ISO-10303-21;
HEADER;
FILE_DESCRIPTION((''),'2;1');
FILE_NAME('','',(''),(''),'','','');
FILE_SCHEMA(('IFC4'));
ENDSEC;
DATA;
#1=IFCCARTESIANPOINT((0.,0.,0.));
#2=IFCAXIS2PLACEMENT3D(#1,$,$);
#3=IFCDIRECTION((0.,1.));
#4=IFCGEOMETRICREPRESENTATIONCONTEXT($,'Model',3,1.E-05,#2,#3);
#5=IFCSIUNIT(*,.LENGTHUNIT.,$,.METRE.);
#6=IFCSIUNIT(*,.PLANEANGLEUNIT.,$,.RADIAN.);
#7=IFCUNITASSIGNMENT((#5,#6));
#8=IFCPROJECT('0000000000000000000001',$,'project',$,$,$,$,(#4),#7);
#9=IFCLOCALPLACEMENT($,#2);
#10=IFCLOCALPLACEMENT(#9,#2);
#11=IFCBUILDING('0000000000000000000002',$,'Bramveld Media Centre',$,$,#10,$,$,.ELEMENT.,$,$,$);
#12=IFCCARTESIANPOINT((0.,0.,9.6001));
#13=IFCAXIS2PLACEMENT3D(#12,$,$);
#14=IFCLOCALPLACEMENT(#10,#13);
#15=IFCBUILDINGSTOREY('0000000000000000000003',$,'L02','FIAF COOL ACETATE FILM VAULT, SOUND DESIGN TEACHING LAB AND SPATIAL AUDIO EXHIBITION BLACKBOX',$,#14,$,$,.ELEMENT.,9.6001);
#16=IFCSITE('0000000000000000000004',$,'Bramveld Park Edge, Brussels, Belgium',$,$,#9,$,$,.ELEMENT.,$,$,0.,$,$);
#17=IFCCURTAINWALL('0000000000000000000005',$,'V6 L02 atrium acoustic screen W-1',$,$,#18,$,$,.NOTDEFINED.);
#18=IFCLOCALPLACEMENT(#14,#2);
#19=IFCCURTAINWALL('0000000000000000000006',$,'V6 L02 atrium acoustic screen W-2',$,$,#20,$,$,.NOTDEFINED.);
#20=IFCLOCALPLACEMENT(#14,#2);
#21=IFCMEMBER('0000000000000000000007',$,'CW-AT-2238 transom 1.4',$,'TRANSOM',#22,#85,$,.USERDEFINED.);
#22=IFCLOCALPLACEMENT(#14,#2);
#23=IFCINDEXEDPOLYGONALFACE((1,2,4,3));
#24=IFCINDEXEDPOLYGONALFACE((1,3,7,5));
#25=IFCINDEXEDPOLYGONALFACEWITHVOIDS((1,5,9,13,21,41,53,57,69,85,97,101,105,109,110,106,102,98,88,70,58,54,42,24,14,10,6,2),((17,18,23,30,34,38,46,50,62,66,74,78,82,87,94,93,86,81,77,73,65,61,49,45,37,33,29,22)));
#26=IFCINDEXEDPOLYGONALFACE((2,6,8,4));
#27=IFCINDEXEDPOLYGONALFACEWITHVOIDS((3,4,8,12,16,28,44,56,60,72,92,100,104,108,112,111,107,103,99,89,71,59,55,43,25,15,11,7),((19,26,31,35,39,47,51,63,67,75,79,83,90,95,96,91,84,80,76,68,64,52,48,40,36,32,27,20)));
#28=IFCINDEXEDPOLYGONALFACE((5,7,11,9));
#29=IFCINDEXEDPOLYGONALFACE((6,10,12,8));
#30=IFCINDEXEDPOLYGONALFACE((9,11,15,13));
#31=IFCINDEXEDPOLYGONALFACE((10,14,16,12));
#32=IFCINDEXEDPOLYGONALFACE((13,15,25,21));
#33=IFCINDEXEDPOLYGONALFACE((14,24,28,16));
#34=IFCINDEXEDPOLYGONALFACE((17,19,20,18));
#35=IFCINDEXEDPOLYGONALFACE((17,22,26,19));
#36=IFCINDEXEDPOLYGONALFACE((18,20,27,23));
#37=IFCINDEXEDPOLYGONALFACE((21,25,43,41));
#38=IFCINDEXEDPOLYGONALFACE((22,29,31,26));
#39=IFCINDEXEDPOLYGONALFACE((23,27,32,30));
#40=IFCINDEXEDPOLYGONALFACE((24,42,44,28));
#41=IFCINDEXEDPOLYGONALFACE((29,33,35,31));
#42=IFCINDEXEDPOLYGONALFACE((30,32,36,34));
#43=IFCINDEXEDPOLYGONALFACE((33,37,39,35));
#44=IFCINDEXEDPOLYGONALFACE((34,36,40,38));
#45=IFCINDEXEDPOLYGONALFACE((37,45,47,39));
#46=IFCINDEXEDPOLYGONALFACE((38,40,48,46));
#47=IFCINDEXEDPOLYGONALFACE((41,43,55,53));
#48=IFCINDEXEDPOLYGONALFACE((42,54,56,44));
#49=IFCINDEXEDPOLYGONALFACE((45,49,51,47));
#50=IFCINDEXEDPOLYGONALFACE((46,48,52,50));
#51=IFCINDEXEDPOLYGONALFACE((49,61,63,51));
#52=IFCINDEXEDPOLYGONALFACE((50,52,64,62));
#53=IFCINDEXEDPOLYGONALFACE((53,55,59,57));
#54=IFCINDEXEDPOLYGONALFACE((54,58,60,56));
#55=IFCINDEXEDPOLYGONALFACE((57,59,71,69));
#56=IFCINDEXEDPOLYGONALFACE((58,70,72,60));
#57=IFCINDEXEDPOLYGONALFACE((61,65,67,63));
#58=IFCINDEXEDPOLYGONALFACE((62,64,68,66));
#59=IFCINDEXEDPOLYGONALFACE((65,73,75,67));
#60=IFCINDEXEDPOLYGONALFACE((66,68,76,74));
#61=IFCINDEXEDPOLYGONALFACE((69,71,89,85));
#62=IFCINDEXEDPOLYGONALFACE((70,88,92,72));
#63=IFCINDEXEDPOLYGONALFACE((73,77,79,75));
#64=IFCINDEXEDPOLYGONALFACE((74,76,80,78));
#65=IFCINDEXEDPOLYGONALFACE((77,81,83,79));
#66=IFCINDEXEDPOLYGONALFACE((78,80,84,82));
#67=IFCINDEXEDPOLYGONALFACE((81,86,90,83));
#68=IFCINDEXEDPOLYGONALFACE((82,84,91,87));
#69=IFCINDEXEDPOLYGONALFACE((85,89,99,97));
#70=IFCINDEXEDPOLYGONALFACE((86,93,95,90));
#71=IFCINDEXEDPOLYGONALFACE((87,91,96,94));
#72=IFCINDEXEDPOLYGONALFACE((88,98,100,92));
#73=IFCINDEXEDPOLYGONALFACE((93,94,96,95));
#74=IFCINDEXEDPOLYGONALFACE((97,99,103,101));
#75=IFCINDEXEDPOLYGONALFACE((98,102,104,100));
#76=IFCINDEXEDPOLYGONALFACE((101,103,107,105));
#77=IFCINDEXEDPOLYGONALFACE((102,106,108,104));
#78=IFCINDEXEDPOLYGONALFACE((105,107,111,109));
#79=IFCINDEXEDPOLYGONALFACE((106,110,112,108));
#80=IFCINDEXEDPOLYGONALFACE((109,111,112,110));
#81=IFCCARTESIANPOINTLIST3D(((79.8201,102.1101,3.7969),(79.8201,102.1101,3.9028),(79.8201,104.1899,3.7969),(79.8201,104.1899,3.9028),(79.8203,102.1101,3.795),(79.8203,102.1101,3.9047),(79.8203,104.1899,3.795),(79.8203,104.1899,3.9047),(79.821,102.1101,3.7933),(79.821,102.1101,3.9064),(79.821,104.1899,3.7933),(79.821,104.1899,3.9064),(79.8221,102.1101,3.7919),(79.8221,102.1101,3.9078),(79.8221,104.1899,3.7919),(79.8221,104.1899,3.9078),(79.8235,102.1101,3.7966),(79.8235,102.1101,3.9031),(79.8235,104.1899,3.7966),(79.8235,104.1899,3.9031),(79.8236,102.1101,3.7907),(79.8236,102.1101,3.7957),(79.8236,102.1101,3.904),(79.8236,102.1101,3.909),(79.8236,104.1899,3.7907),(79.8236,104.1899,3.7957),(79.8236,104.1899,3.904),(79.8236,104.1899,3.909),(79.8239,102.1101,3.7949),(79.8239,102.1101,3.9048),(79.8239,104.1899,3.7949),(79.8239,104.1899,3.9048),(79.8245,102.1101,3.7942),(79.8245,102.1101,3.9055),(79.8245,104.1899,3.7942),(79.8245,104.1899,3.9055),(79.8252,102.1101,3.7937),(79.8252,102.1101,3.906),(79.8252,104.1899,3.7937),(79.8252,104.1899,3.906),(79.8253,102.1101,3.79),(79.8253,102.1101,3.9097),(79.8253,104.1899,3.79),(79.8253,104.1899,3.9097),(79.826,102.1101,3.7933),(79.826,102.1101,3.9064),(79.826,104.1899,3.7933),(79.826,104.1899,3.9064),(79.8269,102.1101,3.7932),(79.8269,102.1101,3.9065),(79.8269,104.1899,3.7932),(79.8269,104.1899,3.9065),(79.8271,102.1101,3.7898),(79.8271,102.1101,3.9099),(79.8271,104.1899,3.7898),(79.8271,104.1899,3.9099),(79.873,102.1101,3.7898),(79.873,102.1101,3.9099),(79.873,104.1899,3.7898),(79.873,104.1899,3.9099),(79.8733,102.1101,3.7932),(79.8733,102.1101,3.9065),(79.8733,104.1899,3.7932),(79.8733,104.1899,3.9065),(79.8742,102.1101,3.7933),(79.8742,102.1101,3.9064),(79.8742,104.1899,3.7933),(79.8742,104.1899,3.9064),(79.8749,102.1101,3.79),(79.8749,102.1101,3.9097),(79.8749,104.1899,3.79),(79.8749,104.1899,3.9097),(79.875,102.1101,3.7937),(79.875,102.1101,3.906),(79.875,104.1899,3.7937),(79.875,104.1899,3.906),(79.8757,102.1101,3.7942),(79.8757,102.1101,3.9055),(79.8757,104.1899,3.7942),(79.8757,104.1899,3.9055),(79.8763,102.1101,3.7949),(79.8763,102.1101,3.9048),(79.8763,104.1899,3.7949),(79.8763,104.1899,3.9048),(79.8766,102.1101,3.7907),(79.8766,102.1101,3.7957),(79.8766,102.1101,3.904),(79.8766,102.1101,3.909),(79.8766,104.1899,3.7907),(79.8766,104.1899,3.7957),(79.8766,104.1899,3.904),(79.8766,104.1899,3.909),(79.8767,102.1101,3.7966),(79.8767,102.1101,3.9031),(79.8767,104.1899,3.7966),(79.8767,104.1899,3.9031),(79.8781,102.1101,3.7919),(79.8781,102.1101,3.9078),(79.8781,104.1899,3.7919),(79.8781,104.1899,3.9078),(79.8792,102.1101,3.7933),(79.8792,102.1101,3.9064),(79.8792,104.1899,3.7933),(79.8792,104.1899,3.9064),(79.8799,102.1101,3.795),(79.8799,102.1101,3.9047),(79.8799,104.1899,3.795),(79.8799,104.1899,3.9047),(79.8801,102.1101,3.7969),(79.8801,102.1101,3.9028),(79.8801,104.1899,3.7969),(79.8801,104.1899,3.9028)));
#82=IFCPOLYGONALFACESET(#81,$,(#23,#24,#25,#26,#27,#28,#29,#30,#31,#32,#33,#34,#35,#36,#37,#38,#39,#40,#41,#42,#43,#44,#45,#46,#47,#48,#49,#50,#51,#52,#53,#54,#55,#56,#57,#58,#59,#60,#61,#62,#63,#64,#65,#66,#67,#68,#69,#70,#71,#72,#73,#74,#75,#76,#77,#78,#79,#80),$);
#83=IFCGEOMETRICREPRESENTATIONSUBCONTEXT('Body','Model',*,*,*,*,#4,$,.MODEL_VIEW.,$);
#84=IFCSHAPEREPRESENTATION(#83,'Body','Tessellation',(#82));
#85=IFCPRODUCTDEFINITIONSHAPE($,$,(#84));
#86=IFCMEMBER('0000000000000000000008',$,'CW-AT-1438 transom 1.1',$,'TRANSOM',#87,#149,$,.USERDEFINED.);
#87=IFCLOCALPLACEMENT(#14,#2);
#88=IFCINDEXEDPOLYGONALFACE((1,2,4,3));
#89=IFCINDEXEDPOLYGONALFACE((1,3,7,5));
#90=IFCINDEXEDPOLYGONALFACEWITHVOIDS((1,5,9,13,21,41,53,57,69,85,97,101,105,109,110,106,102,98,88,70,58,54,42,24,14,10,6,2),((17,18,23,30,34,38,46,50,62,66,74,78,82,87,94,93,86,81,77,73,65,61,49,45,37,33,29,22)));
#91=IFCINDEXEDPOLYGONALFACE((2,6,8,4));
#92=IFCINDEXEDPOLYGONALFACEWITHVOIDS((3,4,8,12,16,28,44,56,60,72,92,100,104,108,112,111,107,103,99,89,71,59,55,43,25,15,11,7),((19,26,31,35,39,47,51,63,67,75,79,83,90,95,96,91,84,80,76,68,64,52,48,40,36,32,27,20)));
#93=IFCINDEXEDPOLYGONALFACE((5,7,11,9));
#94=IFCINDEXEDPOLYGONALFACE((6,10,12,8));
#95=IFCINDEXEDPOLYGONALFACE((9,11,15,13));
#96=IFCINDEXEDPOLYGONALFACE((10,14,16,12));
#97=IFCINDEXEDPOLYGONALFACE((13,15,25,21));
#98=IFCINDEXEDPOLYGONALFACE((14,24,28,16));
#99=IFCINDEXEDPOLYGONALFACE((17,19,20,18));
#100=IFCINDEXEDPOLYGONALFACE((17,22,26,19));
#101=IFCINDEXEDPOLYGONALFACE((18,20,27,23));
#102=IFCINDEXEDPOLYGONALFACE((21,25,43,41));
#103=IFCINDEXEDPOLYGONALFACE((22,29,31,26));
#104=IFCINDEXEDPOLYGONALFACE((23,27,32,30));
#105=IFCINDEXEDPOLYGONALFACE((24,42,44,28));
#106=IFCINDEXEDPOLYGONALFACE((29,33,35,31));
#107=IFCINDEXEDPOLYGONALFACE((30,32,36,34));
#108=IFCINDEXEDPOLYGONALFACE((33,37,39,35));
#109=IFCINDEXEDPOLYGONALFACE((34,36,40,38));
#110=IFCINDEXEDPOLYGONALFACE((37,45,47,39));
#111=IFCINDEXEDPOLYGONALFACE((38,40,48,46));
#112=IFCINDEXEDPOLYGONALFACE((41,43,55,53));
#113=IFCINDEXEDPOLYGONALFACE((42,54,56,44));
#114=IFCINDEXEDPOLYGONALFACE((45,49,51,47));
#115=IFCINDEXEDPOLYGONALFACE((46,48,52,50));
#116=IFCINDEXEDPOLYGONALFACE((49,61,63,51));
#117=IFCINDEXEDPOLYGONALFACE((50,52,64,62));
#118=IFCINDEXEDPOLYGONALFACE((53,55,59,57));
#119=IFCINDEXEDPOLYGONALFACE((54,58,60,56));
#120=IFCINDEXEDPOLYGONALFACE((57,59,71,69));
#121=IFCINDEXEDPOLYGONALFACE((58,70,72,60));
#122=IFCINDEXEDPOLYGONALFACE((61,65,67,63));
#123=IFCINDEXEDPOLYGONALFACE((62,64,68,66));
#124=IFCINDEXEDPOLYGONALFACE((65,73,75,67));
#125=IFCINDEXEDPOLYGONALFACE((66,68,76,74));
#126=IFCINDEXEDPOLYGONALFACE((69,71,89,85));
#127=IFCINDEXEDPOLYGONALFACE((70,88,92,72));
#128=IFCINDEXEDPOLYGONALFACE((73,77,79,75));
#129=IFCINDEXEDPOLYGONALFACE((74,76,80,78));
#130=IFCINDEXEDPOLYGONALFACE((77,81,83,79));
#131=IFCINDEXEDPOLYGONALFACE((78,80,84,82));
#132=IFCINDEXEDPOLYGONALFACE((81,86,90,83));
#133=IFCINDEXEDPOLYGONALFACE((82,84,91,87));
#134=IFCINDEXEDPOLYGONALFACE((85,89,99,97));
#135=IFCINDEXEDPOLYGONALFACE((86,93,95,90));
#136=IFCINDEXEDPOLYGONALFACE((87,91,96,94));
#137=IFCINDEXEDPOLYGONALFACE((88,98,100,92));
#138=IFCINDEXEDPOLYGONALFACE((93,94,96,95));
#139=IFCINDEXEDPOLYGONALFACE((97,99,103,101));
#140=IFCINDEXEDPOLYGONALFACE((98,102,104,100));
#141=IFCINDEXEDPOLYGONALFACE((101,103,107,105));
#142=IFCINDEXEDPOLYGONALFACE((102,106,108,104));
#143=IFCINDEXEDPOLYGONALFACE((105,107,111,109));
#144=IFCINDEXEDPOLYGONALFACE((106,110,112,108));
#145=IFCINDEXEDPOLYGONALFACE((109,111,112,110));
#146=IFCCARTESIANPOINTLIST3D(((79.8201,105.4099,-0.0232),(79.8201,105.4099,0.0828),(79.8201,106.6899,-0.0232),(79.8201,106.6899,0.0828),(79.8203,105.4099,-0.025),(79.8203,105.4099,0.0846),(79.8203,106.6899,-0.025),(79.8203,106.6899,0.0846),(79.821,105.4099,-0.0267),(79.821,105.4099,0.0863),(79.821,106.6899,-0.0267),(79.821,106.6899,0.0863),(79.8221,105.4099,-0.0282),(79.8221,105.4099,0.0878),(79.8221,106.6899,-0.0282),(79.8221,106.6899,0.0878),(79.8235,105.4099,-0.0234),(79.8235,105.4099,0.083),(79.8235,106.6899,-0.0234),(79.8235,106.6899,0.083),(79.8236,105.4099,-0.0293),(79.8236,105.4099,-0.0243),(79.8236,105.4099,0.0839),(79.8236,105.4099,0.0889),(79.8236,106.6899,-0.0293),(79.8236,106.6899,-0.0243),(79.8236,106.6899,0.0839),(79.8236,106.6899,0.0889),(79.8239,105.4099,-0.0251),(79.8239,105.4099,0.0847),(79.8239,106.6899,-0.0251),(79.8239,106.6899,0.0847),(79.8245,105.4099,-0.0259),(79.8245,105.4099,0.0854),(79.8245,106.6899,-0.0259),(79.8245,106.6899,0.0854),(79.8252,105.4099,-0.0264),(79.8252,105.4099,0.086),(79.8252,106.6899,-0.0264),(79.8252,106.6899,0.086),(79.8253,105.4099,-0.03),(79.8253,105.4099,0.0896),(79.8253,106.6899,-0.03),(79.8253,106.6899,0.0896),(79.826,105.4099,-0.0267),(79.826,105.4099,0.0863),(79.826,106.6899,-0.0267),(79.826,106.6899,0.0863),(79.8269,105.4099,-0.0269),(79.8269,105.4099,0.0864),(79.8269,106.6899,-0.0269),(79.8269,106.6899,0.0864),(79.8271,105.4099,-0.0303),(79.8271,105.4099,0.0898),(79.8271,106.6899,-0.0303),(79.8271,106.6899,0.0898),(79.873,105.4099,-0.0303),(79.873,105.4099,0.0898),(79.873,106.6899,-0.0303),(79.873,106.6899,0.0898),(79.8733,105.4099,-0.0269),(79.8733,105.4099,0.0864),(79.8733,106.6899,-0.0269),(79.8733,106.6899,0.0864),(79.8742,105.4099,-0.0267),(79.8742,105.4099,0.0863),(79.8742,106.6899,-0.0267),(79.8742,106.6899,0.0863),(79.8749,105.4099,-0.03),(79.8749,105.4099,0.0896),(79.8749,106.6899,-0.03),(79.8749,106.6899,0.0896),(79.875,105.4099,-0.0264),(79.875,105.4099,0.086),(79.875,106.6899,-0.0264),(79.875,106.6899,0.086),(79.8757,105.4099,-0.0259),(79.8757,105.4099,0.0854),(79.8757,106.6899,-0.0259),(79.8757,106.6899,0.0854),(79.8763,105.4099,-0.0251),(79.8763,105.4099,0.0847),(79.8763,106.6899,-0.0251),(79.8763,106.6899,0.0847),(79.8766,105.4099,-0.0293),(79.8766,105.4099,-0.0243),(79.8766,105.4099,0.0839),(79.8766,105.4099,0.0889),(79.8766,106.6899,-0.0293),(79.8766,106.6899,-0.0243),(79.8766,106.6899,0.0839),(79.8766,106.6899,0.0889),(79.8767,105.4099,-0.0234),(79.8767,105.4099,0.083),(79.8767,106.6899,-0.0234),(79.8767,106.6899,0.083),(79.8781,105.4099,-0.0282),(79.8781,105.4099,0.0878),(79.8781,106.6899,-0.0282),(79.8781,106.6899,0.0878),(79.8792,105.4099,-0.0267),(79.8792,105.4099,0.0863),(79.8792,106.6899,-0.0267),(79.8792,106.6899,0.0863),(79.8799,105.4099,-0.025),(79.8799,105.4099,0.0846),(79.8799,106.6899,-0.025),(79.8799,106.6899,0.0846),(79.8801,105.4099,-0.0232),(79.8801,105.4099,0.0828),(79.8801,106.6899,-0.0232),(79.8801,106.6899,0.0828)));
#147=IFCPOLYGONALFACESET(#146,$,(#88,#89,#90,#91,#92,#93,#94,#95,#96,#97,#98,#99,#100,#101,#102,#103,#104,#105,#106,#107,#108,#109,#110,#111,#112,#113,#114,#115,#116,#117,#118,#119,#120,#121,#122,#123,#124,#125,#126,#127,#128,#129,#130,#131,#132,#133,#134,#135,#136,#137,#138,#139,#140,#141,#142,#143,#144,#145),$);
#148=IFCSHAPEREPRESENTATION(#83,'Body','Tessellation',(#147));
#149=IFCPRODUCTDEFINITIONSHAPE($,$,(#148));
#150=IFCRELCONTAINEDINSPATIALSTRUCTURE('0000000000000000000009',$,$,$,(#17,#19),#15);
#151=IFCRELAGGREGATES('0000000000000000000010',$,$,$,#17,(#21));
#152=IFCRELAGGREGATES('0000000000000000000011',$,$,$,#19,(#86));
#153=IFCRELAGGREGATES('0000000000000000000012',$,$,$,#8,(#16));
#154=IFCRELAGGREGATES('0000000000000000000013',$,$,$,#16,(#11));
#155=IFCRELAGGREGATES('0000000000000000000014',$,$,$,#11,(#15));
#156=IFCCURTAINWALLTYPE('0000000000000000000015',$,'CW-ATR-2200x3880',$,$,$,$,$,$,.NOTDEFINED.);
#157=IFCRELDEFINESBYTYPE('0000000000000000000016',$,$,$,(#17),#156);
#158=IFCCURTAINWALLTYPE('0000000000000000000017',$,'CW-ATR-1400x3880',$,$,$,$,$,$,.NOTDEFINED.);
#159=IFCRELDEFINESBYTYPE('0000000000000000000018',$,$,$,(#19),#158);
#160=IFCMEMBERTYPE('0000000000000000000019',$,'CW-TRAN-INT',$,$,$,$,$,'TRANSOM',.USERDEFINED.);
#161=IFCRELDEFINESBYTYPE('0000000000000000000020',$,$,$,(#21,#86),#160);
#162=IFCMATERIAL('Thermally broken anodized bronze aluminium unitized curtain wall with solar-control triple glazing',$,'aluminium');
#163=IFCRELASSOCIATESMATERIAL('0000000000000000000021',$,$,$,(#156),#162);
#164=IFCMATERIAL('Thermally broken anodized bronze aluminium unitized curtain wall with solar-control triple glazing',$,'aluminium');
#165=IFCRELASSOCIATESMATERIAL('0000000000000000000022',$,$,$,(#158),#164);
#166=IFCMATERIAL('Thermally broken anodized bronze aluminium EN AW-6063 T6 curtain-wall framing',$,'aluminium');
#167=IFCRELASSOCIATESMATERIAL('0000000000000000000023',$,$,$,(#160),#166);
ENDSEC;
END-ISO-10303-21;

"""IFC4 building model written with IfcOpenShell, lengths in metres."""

from ifc_helpers import new_model, si_unit, direction, frame, origin, origin_2d, place, context, subcontext, project, spatial, hollow_rectangle, extrude, material, material_profile, profile_set, type_object, element, aggregate, save


model = new_model("IFC4")

# Units and contexts
model_context = context("Model", 3, precision=1e-05, world=origin(), true_north=direction((0.0, 1.0)))
body_context = subcontext(model_context, "Body", "Model", "MODEL_VIEW")
ifc_project = project(units=[si_unit("LENGTHUNIT", "METRE"), si_unit("PLANEANGLEUNIT", "RADIAN")], contexts=[model_context])

# Site, building, storey
site_placement = place(None, origin())
site = spatial("IfcSite", under=ifc_project, at=site_placement, Name="Bramveld Park Edge, Brussels, Belgium", CompositionType="ELEMENT", RefElevation=0.0)
building_placement = place(site_placement, origin())
building = spatial("IfcBuilding", under=site, at=building_placement, Name="Bramveld Media Centre", CompositionType="ELEMENT")
storey_placement = place(building_placement, frame((0.0, 0.0, 9.6001)))
storey = spatial("IfcBuildingStorey", under=building, at=storey_placement, Name="L02", Description="FIAF COOL ACETATE FILM VAULT, SOUND DESIGN TEACHING LAB AND SPATIAL AUDIO EXHIBITION BLACKBOX", CompositionType="ELEMENT", Elevation=9.6001)

# Curtain wall
ifc_material_1 = material(Name="Thermally broken anodized bronze aluminium unitized curtain wall with solar-control triple glazing", Category="aluminium")
curtain_wall_type_1 = type_object("IfcCurtainWallType", Name="CW-ATR-2200x3880", PredefinedType="NOTDEFINED", material=ifc_material_1)
curtain_wall_1_placement = place(storey_placement, origin())
curtain_wall_1 = element("IfcCurtainWall", 1, at=curtain_wall_1_placement, inside=storey, type_object=curtain_wall_type_1, Name="V6 L02 atrium acoustic screen W-1", PredefinedType="NOTDEFINED")

# Curtain wall
ifc_material_2 = material(Name="Thermally broken anodized bronze aluminium unitized curtain wall with solar-control triple glazing", Category="aluminium")
curtain_wall_type_2 = type_object("IfcCurtainWallType", Name="CW-ATR-1400x3880", PredefinedType="NOTDEFINED", material=ifc_material_2)
curtain_wall_2_placement = place(storey_placement, origin())
curtain_wall_2 = element("IfcCurtainWall", 2, at=curtain_wall_2_placement, inside=storey, type_object=curtain_wall_type_2, Name="V6 L02 atrium acoustic screen W-2", PredefinedType="NOTDEFINED")

# Members
ifc_material_3 = material(Name="Thermally broken anodized bronze aluminium EN AW-6063 T6 curtain-wall framing", Category="aluminium")
ifc_material_profile_1 = material_profile(ifc_material_3, hollow_rectangle(XDim=0.0601, YDim=0.1201, WallThickness=0.0034, InnerFilletRadius=0.0034, OuterFilletRadius=0.0071, at=origin_2d()), Name="AL-TRAN 60x120")
ifc_profile_set_1 = profile_set([ifc_material_profile_1], Name="Thermally broken anodized bronze aluminium EN AW-6063 T6 curtain-wall framing")
member_type_1 = type_object("IfcMemberType", Name="CW-TRAN-INT", ElementType="TRANSOM", PredefinedType="USERDEFINED", material=ifc_profile_set_1)
member_1_placement = place(storey_placement, frame((79.8501, 102.1101, 3.8499), z_axis=(0.0, 1.0, 0.0), x_axis=(-1.0, 0.0, 0.0)))
member_1 = element("IfcMember", 3, at=member_1_placement, type_object=member_type_1, Name="CW-AT-2238 transom 1.4", ObjectType="TRANSOM", PredefinedType="USERDEFINED", context=body_context, shape_type="SweptSolid", body=[
    extrude(hollow_rectangle(XDim=0.0601, YDim=0.1201, WallThickness=0.0034, InnerFilletRadius=0.0034, OuterFilletRadius=0.0071, at=origin_2d()), origin(), (0.0, 0.0, 1.0), 2.0798),
])
member_2_placement = place(storey_placement, frame((79.8501, 105.4099, 0.0298), z_axis=(0.0, 1.0, 0.0), x_axis=(-1.0, 0.0, 0.0)))
member_2 = element("IfcMember", 4, at=member_2_placement, type_object=member_type_1, Name="CW-AT-1438 transom 1.1", ObjectType="TRANSOM", PredefinedType="USERDEFINED", context=body_context, shape_type="SweptSolid", body=[
    extrude(hollow_rectangle(XDim=0.0601, YDim=0.1201, WallThickness=0.0034, InnerFilletRadius=0.0034, OuterFilletRadius=0.0071, at=origin_2d()), origin(), (0.0, 0.0, 1.0), 1.28),
])

aggregate(curtain_wall_1, [member_1])
aggregate(curtain_wall_2, [member_2])

save(model, "model.ifc")
